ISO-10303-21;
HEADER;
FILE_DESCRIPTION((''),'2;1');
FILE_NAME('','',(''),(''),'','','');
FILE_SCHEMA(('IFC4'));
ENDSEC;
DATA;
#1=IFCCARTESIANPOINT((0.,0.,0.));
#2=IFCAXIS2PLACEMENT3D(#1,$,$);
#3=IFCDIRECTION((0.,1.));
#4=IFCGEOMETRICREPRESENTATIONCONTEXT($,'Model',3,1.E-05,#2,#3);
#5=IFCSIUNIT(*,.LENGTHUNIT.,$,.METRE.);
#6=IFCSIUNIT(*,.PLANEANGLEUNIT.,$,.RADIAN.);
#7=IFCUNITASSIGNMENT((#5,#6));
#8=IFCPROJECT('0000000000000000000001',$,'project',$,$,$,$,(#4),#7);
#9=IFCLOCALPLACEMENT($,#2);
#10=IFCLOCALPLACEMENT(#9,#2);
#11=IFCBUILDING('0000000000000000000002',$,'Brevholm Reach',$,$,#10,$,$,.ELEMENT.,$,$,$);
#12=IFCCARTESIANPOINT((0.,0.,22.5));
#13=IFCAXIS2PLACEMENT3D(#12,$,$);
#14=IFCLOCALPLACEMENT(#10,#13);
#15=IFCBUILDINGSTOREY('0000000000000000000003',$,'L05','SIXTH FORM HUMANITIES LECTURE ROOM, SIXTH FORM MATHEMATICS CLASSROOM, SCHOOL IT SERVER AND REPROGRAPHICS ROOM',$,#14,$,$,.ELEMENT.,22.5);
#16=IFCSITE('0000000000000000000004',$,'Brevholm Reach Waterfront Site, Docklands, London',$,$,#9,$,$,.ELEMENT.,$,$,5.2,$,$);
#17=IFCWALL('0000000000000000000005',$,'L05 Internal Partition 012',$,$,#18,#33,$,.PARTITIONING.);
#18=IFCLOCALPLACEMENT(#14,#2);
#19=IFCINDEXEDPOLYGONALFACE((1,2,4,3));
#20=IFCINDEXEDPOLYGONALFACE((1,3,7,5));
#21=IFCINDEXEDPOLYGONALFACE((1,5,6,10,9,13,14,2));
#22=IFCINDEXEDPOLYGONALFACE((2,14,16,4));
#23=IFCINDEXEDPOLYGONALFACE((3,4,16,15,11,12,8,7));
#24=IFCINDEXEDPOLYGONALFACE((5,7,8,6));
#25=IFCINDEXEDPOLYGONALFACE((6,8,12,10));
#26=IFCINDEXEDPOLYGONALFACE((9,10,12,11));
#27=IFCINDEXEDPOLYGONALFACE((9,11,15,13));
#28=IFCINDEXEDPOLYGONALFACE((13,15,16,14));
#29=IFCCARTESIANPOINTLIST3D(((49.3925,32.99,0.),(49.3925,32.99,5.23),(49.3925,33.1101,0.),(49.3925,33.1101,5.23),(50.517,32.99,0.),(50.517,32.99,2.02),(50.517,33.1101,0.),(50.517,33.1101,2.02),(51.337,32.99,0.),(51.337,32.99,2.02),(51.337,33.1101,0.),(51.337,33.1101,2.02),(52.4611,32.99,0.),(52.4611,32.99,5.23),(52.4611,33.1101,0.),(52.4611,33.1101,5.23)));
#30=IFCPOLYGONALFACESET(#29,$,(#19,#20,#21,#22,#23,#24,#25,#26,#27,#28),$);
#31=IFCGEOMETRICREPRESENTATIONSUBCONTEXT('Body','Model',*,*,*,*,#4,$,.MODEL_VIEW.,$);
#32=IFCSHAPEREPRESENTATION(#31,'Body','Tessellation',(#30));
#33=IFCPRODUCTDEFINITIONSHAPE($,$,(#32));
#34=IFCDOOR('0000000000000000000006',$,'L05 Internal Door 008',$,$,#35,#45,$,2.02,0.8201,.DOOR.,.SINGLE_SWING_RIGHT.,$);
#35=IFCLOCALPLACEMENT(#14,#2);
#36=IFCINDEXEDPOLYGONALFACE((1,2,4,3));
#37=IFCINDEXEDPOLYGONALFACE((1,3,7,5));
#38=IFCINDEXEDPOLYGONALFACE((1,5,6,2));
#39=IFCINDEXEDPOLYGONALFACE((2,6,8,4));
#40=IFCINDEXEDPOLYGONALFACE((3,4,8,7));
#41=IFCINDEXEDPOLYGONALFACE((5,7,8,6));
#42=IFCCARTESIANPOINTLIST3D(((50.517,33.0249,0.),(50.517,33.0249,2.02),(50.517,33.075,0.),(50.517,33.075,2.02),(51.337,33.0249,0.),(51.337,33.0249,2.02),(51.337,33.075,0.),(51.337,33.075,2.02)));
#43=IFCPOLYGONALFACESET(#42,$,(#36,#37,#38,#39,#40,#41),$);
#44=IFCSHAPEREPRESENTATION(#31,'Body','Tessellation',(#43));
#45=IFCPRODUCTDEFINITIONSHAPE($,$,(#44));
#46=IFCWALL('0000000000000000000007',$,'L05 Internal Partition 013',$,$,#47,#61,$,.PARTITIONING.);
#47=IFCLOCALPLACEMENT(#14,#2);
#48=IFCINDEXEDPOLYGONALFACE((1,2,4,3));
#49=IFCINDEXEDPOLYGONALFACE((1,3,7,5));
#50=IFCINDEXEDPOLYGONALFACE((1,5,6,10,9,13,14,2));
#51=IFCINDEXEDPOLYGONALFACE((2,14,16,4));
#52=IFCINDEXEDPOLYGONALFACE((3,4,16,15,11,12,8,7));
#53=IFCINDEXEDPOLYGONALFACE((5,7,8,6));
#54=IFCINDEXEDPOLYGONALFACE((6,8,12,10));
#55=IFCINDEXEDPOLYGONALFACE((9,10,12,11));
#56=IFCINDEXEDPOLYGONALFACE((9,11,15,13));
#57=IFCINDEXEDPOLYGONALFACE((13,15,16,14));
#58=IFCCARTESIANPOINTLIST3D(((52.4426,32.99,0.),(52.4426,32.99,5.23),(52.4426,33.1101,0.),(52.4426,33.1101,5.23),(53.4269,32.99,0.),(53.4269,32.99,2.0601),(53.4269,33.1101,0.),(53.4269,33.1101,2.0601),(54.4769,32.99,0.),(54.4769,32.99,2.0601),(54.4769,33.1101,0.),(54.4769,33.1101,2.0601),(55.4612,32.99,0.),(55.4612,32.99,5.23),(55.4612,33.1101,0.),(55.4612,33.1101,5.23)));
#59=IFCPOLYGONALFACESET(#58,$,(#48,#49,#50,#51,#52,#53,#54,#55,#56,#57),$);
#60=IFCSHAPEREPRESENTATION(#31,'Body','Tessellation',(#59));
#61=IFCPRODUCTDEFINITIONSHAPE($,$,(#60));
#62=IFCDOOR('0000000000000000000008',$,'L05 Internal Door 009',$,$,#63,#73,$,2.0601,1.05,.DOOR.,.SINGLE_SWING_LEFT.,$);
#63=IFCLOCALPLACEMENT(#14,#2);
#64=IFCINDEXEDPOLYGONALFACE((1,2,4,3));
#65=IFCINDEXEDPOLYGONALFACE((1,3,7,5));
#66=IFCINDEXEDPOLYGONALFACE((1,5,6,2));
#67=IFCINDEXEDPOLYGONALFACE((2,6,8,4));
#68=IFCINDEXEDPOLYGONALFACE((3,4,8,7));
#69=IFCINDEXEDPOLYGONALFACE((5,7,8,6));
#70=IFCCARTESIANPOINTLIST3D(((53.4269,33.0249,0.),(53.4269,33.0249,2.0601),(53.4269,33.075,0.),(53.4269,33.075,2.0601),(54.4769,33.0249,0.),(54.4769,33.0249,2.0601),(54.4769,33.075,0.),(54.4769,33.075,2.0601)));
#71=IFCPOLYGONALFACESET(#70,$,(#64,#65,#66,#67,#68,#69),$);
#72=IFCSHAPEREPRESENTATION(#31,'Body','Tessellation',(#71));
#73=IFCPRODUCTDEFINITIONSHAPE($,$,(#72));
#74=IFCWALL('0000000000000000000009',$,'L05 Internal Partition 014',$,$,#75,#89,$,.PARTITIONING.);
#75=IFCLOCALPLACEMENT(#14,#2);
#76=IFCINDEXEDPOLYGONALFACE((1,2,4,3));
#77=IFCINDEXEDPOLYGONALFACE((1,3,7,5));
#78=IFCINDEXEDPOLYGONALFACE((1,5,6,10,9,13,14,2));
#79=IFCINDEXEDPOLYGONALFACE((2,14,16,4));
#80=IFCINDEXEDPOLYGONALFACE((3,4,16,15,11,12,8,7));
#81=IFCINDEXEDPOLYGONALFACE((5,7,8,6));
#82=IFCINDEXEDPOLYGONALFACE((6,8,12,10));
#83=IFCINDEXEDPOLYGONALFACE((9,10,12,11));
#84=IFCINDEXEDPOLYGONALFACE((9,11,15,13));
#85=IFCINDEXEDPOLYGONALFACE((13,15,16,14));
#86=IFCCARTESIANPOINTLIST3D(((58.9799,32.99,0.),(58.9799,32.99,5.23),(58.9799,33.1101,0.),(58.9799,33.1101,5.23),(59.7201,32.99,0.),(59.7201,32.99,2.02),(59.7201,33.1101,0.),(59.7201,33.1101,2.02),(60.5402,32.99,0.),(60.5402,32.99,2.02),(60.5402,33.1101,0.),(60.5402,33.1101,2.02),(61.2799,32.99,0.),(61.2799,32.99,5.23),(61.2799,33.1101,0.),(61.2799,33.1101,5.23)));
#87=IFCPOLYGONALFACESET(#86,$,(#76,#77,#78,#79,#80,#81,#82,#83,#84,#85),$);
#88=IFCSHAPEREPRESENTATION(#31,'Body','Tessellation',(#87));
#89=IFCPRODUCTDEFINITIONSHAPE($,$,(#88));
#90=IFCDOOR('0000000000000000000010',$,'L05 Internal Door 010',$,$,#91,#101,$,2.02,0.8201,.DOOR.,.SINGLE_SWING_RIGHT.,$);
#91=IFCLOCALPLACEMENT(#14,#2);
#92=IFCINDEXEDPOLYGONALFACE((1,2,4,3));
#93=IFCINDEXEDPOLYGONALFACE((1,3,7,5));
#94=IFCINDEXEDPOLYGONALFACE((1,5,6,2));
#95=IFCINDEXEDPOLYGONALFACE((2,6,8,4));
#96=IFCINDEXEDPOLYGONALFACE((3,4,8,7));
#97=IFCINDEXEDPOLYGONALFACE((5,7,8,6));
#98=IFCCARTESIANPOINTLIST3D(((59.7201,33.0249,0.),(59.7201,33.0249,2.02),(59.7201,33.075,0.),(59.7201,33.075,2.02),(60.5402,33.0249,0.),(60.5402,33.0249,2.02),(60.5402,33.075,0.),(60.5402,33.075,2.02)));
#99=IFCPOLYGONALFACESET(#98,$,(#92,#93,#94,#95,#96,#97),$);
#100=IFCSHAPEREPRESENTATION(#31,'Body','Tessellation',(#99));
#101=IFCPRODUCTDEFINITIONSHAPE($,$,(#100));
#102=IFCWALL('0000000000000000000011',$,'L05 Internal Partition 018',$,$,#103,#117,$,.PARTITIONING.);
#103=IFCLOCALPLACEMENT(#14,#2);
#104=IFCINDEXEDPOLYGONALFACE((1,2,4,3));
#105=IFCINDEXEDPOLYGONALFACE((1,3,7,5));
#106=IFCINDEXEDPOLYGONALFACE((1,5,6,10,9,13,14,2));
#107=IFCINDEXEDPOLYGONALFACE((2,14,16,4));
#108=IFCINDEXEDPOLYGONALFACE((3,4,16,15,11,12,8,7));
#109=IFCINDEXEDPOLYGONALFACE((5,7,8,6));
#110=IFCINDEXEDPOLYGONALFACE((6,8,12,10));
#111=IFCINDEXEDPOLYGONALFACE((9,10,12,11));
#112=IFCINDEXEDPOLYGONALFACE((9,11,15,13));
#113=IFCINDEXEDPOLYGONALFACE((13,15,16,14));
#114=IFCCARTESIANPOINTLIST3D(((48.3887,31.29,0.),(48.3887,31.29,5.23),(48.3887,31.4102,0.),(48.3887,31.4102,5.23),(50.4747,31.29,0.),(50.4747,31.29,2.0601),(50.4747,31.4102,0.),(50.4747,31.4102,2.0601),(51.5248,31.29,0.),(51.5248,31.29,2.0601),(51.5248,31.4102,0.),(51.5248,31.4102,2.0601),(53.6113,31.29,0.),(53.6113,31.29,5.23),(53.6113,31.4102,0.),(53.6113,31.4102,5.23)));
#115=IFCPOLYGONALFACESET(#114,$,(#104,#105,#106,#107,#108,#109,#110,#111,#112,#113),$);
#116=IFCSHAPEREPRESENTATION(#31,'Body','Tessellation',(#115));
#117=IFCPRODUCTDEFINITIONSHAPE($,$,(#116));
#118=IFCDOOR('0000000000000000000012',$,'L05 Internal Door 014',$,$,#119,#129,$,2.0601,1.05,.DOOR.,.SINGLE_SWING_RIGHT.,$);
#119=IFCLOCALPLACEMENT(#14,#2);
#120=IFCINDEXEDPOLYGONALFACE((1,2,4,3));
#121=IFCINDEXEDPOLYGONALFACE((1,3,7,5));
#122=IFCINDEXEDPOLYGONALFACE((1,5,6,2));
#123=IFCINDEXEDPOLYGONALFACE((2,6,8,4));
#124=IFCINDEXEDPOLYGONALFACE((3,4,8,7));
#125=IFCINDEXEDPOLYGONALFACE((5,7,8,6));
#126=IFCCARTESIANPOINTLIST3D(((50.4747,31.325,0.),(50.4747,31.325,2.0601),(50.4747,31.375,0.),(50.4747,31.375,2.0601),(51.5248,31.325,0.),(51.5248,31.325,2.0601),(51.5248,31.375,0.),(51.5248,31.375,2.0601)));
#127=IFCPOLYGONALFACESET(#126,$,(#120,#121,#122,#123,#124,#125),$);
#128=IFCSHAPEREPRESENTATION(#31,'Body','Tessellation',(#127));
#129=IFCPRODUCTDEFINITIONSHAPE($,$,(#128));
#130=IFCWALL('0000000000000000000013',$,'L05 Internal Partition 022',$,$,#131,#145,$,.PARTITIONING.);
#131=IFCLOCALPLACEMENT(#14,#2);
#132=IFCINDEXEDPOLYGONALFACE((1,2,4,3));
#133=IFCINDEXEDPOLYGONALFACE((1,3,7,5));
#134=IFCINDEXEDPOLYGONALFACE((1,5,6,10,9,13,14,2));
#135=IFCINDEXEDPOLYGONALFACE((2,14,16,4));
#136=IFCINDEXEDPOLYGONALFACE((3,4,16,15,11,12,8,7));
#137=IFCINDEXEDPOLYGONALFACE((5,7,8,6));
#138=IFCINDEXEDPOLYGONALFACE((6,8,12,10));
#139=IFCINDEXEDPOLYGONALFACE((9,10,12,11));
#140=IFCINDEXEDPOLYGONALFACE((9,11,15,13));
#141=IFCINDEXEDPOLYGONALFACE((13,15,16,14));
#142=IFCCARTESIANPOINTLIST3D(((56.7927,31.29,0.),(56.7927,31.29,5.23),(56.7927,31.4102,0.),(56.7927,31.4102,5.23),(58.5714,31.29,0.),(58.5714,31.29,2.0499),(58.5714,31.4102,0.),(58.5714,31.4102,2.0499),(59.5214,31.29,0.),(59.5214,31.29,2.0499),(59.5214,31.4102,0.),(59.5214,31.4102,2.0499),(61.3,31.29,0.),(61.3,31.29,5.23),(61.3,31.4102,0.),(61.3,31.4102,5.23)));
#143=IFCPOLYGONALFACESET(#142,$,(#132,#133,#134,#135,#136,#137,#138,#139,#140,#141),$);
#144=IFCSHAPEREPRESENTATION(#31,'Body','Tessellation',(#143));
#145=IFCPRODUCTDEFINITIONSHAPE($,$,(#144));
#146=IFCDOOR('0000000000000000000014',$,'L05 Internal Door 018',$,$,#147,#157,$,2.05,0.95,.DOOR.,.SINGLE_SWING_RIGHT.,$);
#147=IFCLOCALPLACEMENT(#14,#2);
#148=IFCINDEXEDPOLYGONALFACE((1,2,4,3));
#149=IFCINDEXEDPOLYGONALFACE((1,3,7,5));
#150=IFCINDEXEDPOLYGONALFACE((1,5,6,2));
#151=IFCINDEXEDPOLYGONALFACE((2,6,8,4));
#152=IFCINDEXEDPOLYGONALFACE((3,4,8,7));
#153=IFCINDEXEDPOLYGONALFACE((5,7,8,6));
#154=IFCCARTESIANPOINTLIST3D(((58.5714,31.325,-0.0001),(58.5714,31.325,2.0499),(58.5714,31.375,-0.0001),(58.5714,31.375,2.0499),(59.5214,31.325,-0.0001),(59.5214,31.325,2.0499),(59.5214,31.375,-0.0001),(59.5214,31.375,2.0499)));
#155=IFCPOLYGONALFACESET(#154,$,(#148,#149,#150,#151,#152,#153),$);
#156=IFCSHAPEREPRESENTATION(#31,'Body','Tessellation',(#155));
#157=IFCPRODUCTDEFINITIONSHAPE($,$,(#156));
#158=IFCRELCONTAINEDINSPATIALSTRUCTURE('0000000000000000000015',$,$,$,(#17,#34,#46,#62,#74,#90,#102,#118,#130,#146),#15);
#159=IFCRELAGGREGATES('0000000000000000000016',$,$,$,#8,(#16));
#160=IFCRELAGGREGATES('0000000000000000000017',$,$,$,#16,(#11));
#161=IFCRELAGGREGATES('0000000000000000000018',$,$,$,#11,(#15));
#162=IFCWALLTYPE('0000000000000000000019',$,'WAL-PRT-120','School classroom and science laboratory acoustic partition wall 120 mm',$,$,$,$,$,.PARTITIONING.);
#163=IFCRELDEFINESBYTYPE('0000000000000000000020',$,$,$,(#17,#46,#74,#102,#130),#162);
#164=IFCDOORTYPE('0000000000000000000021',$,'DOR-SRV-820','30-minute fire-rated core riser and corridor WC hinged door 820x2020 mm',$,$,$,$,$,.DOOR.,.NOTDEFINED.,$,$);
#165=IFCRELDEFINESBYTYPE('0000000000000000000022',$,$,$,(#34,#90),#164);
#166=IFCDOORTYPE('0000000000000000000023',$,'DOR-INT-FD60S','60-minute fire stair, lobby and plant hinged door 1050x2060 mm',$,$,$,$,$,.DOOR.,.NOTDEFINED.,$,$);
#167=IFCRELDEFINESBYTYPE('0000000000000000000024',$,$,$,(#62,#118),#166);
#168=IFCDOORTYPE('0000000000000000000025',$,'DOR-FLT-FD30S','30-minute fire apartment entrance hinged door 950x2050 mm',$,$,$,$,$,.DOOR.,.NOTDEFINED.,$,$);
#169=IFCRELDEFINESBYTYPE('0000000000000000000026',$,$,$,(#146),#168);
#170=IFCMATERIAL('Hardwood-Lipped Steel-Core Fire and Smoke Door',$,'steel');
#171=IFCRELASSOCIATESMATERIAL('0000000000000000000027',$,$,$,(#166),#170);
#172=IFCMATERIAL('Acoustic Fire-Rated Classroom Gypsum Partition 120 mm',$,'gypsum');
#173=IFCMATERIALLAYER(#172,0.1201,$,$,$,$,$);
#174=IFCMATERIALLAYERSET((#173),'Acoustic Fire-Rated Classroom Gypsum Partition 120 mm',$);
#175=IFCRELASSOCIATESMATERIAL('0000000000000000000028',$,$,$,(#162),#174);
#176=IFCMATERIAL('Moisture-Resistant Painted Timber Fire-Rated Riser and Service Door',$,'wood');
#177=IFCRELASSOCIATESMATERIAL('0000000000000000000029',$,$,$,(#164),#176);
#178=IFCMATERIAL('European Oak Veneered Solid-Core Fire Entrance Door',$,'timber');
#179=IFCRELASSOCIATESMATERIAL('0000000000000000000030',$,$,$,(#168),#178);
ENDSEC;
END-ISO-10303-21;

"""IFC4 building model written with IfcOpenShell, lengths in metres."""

from ifc_helpers import new_model, si_unit, direction, frame, frame_2d, origin, place, context, subcontext, project, spatial, rectangle, extrude, material, layer, layer_set, type_object, element, fill, save


model = new_model("IFC4")

# Units and contexts
model_context = context("Model", 3, precision=1e-05, world=origin(), true_north=direction((0.0, 1.0)))
body_context = subcontext(model_context, "Body", "Model", "MODEL_VIEW")
ifc_project = project(units=[si_unit("LENGTHUNIT", "METRE"), si_unit("PLANEANGLEUNIT", "RADIAN")], contexts=[model_context])

# Site, building, storey
site_placement = place(None, origin())
site = spatial("IfcSite", under=ifc_project, at=site_placement, Name="Brevholm Reach Waterfront Site, Docklands, London", CompositionType="ELEMENT", RefElevation=5.2)
building_placement = place(site_placement, origin())
building = spatial("IfcBuilding", under=site, at=building_placement, Name="Brevholm Reach", CompositionType="ELEMENT")
storey_placement = place(building_placement, frame((0.0, 0.0, 22.5)))
storey = spatial("IfcBuildingStorey", under=building, at=storey_placement, Name="L05", Description="SIXTH FORM HUMANITIES LECTURE ROOM, SIXTH FORM MATHEMATICS CLASSROOM, SCHOOL IT SERVER AND REPROGRAPHICS ROOM", CompositionType="ELEMENT", Elevation=22.5)

# Walls, openings, doors
ifc_material_1 = material(Name="Hardwood-Lipped Steel-Core Fire and Smoke Door", Category="steel")
door_type_1 = type_object("IfcDoorType", Name="DOR-INT-FD60S", Description="60-minute fire stair, lobby and plant hinged door 1050x2060 mm", OperationType="NOTDEFINED", PredefinedType="DOOR", material=ifc_material_1)
ifc_material_2 = material(Name="Acoustic Fire-Rated Classroom Gypsum Partition 120 mm", Category="gypsum")
ifc_layer_1 = layer(ifc_material_2, 0.1201)
ifc_layer_set_1 = layer_set([ifc_layer_1], Name="Acoustic Fire-Rated Classroom Gypsum Partition 120 mm")
wall_type_1 = type_object("IfcWallType", Name="WAL-PRT-120", Description="School classroom and science laboratory acoustic partition wall 120 mm", PredefinedType="PARTITIONING", material=ifc_layer_set_1)
wall_1_placement = place(storey_placement, frame((49.3926, 33.05, 0.0), z_axis=(0.0, 0.0, 1.0), x_axis=(1.0, 0.0, 0.0)))
wall_1 = element("IfcWall", 1, at=wall_1_placement, inside=storey, type_object=wall_type_1, Name="L05 Internal Partition 012", PredefinedType="PARTITIONING", context=body_context, shape_type="SweptSolid", body=[
    extrude(rectangle(XDim=3.0686, YDim=0.1201, at=frame_2d((1.5342, 0.0))), origin(), (0.0, 0.0, 1.0), 5.23),
])
opening_1_placement = place(wall_1_placement, frame((1.1243, 0.0, 0.0)))
opening_1 = element("IfcOpeningElement", 2, at=opening_1_placement, cuts=wall_1, PredefinedType="OPENING", context=body_context, shape_type="SweptSolid", body=[
    extrude(rectangle(XDim=0.8201, YDim=2.02, at=frame_2d((0.4102, 1.01))), frame((0.0, 0.0701, 0.0), z_axis=(0.0, -1.0, 0.0), x_axis=(1.0, 0.0, 0.0)), (0.0, 0.0, 1.0), 0.1401),
])
ifc_material_3 = material(Name="Moisture-Resistant Painted Timber Fire-Rated Riser and Service Door", Category="wood")
door_type_2 = type_object("IfcDoorType", Name="DOR-SRV-820", Description="30-minute fire-rated core riser and corridor WC hinged door 820x2020 mm", OperationType="NOTDEFINED", PredefinedType="DOOR", material=ifc_material_3)
door_1_placement = place(opening_1_placement, origin())
door_1 = element("IfcDoor", 3, at=door_1_placement, inside=storey, type_object=door_type_2, Name="L05 Internal Door 008", OperationType="SINGLE_SWING_RIGHT", OverallHeight=2.02, OverallWidth=0.8201, PredefinedType="DOOR", context=body_context, shape_type="SweptSolid", body=[
    extrude(rectangle(XDim=0.8201, YDim=2.02, at=frame_2d((0.4102, 1.01))), frame((0.0, 0.0249, 0.0), z_axis=(0.0, -1.0, 0.0), x_axis=(1.0, 0.0, 0.0)), (0.0, 0.0, 1.0), 0.05),
])
fill(opening_1, door_1)
wall_2_placement = place(storey_placement, frame((52.4426, 33.05, 0.0), z_axis=(0.0, 0.0, 1.0), x_axis=(1.0, 0.0, 0.0)))
wall_2 = element("IfcWall", 4, at=wall_2_placement, inside=storey, type_object=wall_type_1, Name="L05 Internal Partition 013", PredefinedType="PARTITIONING", context=body_context, shape_type="SweptSolid", body=[
    extrude(rectangle(XDim=3.0186, YDim=0.1201, at=frame_2d((1.5093, 0.0))), origin(), (0.0, 0.0, 1.0), 5.23),
])
opening_2_placement = place(wall_2_placement, frame((0.9844, 0.0, 0.0)))
opening_2 = element("IfcOpeningElement", 5, at=opening_2_placement, cuts=wall_2, PredefinedType="OPENING", context=body_context, shape_type="SweptSolid", body=[
    extrude(rectangle(XDim=1.05, YDim=2.0601, at=frame_2d((0.5249, 1.03))), frame((0.0, 0.0701, 0.0), z_axis=(0.0, -1.0, 0.0), x_axis=(1.0, 0.0, 0.0)), (0.0, 0.0, 1.0), 0.1401),
])
door_2_placement = place(opening_2_placement, origin())
door_2 = element("IfcDoor", 6, at=door_2_placement, inside=storey, type_object=door_type_1, Name="L05 Internal Door 009", OperationType="SINGLE_SWING_LEFT", OverallHeight=2.0601, OverallWidth=1.05, PredefinedType="DOOR", context=body_context, shape_type="SweptSolid", body=[
    extrude(rectangle(XDim=1.05, YDim=2.0601, at=frame_2d((0.5249, 1.03))), frame((0.0, 0.0249, 0.0), z_axis=(0.0, -1.0, 0.0), x_axis=(1.0, 0.0, 0.0)), (0.0, 0.0, 1.0), 0.05),
])
fill(opening_2, door_2)
wall_3_placement = place(storey_placement, frame((58.98, 33.05, 0.0), z_axis=(0.0, 0.0, 1.0), x_axis=(1.0, 0.0, 0.0)))
wall_3 = element("IfcWall", 7, at=wall_3_placement, inside=storey, type_object=wall_type_1, Name="L05 Internal Partition 014", PredefinedType="PARTITIONING", context=body_context, shape_type="SweptSolid", body=[
    extrude(rectangle(XDim=2.3, YDim=0.1201, at=frame_2d((1.1499, 0.0))), origin(), (0.0, 0.0, 1.0), 5.23),
])
opening_3_placement = place(wall_3_placement, frame((0.74, 0.0, 0.0)))
opening_3 = element("IfcOpeningElement", 8, at=opening_3_placement, cuts=wall_3, PredefinedType="OPENING", context=body_context, shape_type="SweptSolid", body=[
    extrude(rectangle(XDim=0.8201, YDim=2.02, at=frame_2d((0.4102, 1.01))), frame((0.0, 0.0701, 0.0), z_axis=(0.0, -1.0, 0.0), x_axis=(1.0, 0.0, 0.0)), (0.0, 0.0, 1.0), 0.1401),
])
door_3_placement = place(opening_3_placement, origin())
door_3 = element("IfcDoor", 9, at=door_3_placement, inside=storey, type_object=door_type_2, Name="L05 Internal Door 010", OperationType="SINGLE_SWING_RIGHT", OverallHeight=2.02, OverallWidth=0.8201, PredefinedType="DOOR", context=body_context, shape_type="SweptSolid", body=[
    extrude(rectangle(XDim=0.8201, YDim=2.02, at=frame_2d((0.4102, 1.01))), frame((0.0, 0.0249, 0.0), z_axis=(0.0, -1.0, 0.0), x_axis=(1.0, 0.0, 0.0)), (0.0, 0.0, 1.0), 0.05),
])
fill(opening_3, door_3)
wall_4_placement = place(storey_placement, frame((48.3887, 31.3501, 0.0), z_axis=(0.0, 0.0, 1.0), x_axis=(1.0, 0.0, 0.0)))
wall_4 = element("IfcWall", 10, at=wall_4_placement, inside=storey, type_object=wall_type_1, Name="L05 Internal Partition 018", PredefinedType="PARTITIONING", context=body_context, shape_type="SweptSolid", body=[
    extrude(rectangle(XDim=5.2227, YDim=0.1201, at=frame_2d((2.6113, 0.0))), origin(), (0.0, 0.0, 1.0), 5.23),
])
opening_4_placement = place(wall_4_placement, frame((2.0862, 0.0, 0.0)))
opening_4 = element("IfcOpeningElement", 11, at=opening_4_placement, cuts=wall_4, PredefinedType="OPENING", context=body_context, shape_type="SweptSolid", body=[
    extrude(rectangle(XDim=1.05, YDim=2.0601, at=frame_2d((0.5249, 1.03))), frame((0.0, 0.0701, 0.0), z_axis=(0.0, -1.0, 0.0), x_axis=(1.0, 0.0, 0.0)), (0.0, 0.0, 1.0), 0.1401),
])
door_4_placement = place(opening_4_placement, origin())
door_4 = element("IfcDoor", 12, at=door_4_placement, inside=storey, type_object=door_type_1, Name="L05 Internal Door 014", OperationType="SINGLE_SWING_RIGHT", OverallHeight=2.0601, OverallWidth=1.05, PredefinedType="DOOR", context=body_context, shape_type="SweptSolid", body=[
    extrude(rectangle(XDim=1.05, YDim=2.0601, at=frame_2d((0.5249, 1.03))), frame((0.0, 0.0249, 0.0), z_axis=(0.0, -1.0, 0.0), x_axis=(1.0, 0.0, 0.0)), (0.0, 0.0, 1.0), 0.05),
])
fill(opening_4, door_4)
wall_5_placement = place(storey_placement, frame((56.7927, 31.3501, 0.0), z_axis=(0.0, 0.0, 1.0), x_axis=(1.0, 0.0, 0.0)))
wall_5 = element("IfcWall", 13, at=wall_5_placement, inside=storey, type_object=wall_type_1, Name="L05 Internal Partition 022", PredefinedType="PARTITIONING", context=body_context, shape_type="SweptSolid", body=[
    extrude(rectangle(XDim=4.5073, YDim=0.1201, at=frame_2d((2.2537, 0.0))), origin(), (0.0, 0.0, 1.0), 5.23),
])
opening_5_placement = place(wall_5_placement, frame((1.7786, 0.0, 0.0)))
opening_5 = element("IfcOpeningElement", 14, at=opening_5_placement, cuts=wall_5, PredefinedType="OPENING", context=body_context, shape_type="SweptSolid", body=[
    extrude(rectangle(XDim=0.95, YDim=2.05, at=frame_2d((0.4751, 1.0249))), frame((0.0, 0.0701, 0.0), z_axis=(0.0, -1.0, 0.0), x_axis=(1.0, 0.0, 0.0)), (0.0, 0.0, 1.0), 0.1401),
])
ifc_material_4 = material(Name="European Oak Veneered Solid-Core Fire Entrance Door", Category="timber")
door_type_3 = type_object("IfcDoorType", Name="DOR-FLT-FD30S", Description="30-minute fire apartment entrance hinged door 950x2050 mm", OperationType="NOTDEFINED", PredefinedType="DOOR", material=ifc_material_4)
door_5_placement = place(opening_5_placement, origin())
door_5 = element("IfcDoor", 15, at=door_5_placement, inside=storey, type_object=door_type_3, Name="L05 Internal Door 018", OperationType="SINGLE_SWING_RIGHT", OverallHeight=2.05, OverallWidth=0.95, PredefinedType="DOOR", context=body_context, shape_type="SweptSolid", body=[
    extrude(rectangle(XDim=0.95, YDim=2.05, at=frame_2d((0.4751, 1.0249))), frame((0.0, 0.0249, 0.0), z_axis=(0.0, -1.0, 0.0), x_axis=(1.0, 0.0, 0.0)), (0.0, 0.0, 1.0), 0.05),
])
fill(opening_5, door_5)

save(model, "model.ifc")
